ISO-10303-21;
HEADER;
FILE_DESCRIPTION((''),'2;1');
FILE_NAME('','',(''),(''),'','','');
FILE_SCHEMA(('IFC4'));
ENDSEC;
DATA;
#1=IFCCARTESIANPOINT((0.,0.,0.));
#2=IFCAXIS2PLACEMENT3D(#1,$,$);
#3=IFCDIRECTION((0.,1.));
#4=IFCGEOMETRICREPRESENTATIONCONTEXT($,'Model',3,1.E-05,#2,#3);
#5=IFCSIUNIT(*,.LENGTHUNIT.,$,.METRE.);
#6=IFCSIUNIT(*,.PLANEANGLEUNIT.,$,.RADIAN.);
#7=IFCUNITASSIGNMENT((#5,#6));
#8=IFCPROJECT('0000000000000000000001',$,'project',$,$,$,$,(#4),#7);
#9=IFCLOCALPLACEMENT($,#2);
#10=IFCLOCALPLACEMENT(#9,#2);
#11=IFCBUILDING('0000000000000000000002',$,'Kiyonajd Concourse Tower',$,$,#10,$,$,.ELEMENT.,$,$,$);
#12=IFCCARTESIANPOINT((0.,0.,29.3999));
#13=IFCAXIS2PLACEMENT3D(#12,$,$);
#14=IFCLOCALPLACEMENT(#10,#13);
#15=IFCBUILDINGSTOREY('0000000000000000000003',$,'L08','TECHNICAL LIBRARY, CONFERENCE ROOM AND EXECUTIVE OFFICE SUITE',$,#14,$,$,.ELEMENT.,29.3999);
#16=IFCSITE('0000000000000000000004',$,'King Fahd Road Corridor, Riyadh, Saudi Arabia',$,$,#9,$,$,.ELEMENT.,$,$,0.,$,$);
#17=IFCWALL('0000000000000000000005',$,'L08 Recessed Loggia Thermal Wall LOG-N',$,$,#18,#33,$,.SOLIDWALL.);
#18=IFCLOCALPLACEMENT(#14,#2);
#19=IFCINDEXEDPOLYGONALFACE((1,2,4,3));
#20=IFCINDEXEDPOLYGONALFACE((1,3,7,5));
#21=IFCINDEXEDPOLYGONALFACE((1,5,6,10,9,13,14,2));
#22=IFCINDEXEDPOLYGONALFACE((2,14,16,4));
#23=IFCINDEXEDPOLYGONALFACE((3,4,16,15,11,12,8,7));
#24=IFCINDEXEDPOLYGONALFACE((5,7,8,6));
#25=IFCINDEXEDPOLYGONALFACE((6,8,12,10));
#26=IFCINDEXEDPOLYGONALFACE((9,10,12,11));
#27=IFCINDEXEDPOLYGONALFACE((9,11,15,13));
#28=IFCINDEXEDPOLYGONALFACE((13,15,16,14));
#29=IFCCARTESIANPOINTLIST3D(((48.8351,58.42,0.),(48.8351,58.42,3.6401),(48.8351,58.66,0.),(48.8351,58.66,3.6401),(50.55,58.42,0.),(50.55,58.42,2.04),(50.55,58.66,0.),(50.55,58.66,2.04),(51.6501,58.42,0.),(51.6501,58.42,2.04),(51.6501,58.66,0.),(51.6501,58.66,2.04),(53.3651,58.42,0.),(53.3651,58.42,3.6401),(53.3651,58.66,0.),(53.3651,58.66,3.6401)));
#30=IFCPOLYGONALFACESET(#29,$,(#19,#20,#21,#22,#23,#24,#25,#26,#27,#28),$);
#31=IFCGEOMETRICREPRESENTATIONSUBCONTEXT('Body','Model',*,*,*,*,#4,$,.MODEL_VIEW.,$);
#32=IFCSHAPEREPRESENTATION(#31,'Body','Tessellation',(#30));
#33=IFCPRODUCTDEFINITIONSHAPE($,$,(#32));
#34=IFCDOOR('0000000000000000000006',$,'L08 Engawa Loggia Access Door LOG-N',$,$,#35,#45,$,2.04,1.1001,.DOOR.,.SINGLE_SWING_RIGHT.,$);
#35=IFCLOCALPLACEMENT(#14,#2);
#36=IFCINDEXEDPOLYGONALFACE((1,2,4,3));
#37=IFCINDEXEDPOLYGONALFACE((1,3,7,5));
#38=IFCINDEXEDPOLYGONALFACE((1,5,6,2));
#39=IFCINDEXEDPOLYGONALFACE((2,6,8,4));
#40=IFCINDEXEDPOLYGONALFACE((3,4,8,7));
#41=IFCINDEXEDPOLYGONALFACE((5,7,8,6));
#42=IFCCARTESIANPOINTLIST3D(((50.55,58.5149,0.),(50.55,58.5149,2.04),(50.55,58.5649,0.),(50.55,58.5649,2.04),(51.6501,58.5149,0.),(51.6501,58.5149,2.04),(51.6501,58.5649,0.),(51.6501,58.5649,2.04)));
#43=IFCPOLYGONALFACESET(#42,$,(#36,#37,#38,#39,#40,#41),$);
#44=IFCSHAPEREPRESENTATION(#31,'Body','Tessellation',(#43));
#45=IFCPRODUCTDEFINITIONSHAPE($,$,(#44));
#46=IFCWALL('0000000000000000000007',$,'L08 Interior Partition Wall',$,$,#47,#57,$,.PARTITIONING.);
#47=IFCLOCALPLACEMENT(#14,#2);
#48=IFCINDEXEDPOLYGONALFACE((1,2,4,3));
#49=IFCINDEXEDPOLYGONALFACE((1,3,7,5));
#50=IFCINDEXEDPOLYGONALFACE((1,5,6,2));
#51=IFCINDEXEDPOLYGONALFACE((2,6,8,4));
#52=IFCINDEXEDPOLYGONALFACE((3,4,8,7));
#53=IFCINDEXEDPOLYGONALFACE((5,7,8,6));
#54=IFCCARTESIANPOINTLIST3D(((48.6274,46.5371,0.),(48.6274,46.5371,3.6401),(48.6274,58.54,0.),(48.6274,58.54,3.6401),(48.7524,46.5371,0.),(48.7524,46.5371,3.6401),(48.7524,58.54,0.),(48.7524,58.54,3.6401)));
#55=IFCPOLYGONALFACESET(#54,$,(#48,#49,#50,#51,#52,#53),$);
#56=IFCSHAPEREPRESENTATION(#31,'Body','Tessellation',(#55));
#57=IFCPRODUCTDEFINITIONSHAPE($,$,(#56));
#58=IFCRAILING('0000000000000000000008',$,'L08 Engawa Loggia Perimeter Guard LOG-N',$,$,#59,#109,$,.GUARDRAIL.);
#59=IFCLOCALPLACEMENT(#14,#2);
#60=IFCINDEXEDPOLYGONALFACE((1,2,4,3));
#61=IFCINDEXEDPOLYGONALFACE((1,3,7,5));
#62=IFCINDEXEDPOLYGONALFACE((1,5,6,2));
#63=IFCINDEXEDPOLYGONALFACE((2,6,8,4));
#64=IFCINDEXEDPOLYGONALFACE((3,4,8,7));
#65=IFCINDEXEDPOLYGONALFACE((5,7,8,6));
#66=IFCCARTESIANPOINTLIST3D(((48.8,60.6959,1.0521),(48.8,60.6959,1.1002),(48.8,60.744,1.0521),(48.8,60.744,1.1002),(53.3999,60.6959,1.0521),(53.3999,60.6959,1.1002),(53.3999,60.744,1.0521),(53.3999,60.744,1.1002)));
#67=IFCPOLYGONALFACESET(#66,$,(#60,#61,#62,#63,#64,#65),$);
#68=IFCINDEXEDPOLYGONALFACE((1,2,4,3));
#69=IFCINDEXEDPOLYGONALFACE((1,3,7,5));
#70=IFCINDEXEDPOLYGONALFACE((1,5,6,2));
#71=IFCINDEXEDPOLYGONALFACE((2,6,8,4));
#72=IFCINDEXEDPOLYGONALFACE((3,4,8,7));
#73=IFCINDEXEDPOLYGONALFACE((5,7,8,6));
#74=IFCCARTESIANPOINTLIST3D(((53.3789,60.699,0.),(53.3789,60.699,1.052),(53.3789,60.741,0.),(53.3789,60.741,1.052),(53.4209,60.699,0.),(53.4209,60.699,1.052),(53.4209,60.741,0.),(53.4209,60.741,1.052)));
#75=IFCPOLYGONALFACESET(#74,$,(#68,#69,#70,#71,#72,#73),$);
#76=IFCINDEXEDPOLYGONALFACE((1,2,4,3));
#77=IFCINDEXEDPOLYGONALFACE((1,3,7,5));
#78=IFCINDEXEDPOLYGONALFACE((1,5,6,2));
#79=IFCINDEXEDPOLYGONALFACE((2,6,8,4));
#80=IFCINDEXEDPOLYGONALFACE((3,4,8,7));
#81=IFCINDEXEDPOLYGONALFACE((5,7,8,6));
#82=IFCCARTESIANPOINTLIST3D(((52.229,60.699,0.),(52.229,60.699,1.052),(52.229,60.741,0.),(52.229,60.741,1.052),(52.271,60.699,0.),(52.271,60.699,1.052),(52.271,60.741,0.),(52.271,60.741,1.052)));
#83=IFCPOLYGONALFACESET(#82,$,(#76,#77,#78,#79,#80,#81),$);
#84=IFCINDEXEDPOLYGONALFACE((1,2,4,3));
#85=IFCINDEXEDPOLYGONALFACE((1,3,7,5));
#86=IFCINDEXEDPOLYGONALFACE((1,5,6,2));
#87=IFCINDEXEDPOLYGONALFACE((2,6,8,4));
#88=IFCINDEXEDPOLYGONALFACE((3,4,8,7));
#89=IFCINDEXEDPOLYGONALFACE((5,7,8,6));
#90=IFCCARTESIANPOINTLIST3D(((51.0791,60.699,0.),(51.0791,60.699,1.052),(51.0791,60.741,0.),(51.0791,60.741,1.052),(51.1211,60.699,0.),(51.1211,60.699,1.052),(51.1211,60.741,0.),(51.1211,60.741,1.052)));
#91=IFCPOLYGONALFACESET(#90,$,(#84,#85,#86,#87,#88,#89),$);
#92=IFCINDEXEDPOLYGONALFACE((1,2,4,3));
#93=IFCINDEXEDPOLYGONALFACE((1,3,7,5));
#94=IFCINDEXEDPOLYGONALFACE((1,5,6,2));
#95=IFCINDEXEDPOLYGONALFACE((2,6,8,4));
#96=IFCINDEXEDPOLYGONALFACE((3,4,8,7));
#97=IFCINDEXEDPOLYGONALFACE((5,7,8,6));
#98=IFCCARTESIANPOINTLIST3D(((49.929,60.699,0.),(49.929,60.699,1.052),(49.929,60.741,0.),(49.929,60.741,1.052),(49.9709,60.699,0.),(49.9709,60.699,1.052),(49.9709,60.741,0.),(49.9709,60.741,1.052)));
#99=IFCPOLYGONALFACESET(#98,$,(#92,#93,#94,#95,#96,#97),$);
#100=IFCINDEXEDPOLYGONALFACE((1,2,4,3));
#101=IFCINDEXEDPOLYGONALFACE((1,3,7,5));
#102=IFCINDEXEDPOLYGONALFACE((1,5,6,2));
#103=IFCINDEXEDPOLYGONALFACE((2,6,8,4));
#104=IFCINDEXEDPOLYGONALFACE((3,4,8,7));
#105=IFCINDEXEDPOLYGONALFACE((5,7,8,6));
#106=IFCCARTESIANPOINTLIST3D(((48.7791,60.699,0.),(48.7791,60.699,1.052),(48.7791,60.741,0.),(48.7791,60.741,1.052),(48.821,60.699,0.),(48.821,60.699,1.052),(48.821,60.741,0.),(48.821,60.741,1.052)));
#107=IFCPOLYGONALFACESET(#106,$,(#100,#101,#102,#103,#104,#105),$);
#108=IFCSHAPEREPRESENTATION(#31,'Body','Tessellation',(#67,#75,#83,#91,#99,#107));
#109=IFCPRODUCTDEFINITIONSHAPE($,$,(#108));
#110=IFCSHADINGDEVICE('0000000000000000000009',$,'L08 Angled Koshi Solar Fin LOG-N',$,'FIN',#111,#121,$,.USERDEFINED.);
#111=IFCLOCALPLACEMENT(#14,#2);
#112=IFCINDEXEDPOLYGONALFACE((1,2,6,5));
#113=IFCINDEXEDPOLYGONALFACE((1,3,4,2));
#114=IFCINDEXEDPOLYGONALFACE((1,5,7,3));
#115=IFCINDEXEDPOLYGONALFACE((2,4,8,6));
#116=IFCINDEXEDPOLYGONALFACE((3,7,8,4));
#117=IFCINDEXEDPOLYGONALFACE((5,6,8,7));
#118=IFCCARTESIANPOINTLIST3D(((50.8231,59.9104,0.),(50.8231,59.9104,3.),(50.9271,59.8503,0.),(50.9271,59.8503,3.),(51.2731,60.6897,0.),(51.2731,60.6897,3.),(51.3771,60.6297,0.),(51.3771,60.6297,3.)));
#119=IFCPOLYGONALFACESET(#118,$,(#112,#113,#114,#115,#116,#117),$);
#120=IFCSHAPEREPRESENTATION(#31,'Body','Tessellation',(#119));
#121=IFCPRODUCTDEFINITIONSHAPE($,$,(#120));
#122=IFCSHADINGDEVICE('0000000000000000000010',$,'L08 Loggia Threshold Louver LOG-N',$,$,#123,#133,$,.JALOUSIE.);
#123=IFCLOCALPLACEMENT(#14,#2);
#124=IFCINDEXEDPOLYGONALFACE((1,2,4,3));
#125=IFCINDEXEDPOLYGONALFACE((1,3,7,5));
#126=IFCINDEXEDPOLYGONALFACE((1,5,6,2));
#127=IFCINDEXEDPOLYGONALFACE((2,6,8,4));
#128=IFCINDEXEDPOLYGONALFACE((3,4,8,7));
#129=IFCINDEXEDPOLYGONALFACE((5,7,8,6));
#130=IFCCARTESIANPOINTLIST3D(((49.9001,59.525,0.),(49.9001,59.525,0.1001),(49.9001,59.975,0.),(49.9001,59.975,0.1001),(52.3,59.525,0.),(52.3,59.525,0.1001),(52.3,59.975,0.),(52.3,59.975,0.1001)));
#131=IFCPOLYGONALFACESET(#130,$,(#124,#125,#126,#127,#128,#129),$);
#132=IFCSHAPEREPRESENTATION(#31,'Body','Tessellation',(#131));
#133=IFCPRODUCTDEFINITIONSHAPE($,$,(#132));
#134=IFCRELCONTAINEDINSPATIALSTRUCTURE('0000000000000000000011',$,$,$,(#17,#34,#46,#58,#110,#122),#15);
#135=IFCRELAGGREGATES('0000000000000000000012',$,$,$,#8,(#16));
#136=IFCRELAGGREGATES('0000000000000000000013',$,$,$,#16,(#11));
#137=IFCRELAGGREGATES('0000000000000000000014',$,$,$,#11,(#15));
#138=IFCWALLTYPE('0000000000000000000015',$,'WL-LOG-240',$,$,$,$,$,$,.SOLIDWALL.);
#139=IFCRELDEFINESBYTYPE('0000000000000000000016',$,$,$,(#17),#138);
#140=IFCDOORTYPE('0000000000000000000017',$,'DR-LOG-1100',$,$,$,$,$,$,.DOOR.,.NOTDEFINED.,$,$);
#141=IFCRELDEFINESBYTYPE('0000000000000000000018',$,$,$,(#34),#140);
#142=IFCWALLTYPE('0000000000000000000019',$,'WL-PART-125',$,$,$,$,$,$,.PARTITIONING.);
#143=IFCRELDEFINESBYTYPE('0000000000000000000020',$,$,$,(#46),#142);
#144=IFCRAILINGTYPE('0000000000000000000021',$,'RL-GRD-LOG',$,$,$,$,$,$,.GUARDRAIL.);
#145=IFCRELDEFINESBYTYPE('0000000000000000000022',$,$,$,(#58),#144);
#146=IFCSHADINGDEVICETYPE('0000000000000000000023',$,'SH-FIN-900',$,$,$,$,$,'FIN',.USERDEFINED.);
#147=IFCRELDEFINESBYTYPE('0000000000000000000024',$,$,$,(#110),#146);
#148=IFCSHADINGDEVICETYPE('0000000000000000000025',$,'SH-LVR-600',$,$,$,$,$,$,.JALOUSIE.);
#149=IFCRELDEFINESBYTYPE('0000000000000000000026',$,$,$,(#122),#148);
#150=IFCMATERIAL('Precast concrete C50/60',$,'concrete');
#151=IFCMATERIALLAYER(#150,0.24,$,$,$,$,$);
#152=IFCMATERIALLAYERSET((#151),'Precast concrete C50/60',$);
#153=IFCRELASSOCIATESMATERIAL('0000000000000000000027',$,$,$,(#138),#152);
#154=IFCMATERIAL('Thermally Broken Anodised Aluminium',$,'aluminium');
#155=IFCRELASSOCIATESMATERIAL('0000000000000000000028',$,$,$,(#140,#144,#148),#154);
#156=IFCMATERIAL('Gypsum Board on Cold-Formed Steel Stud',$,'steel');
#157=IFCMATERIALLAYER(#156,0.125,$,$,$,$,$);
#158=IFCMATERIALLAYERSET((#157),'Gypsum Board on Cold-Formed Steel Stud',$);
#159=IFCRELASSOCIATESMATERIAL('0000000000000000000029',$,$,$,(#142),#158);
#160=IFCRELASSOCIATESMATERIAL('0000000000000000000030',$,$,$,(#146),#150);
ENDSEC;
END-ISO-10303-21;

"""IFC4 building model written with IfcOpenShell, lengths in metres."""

from ifc_helpers import new_model, si_unit, direction, frame, frame_2d, origin, origin_2d, place, context, subcontext, project, spatial, rectangle, extrude, material, layer, layer_set, type_object, element, fill, save


model = new_model("IFC4")

# Units and contexts
model_context = context("Model", 3, precision=1e-05, world=origin(), true_north=direction((0.0, 1.0)))
body_context = subcontext(model_context, "Body", "Model", "MODEL_VIEW")
ifc_project = project(units=[si_unit("LENGTHUNIT", "METRE"), si_unit("PLANEANGLEUNIT", "RADIAN")], contexts=[model_context])

# Site, building, storey
site_placement = place(None, origin())
site = spatial("IfcSite", under=ifc_project, at=site_placement, Name="King Fahd Road Corridor, Riyadh, Saudi Arabia", CompositionType="ELEMENT", RefElevation=0.0)
building_placement = place(site_placement, origin())
building = spatial("IfcBuilding", under=site, at=building_placement, Name="Kiyonajd Concourse Tower", CompositionType="ELEMENT")
storey_placement = place(building_placement, frame((0.0, 0.0, 29.3999)))
storey = spatial("IfcBuildingStorey", under=building, at=storey_placement, Name="L08", Description="TECHNICAL LIBRARY, CONFERENCE ROOM AND EXECUTIVE OFFICE SUITE", CompositionType="ELEMENT", Elevation=29.3999)

# Shared definitions
ifc_material_1 = material(Name="Precast concrete C50/60", Category="concrete")

# Shared definitions
ifc_material_2 = material(Name="Thermally Broken Anodised Aluminium", Category="aluminium")

# Wall, opening, door
ifc_layer_1 = layer(ifc_material_1, 0.24)
ifc_layer_set_1 = layer_set([ifc_layer_1], Name="Precast concrete C50/60")
wall_type_1 = type_object("IfcWallType", Name="WL-LOG-240", PredefinedType="SOLIDWALL", material=ifc_layer_set_1)
wall_1_placement = place(storey_placement, frame((48.835, 58.54, 0.0), z_axis=(0.0, 0.0, 1.0), x_axis=(1.0, 0.0, 0.0)))
wall_1 = element("IfcWall", 1, at=wall_1_placement, inside=storey, type_object=wall_type_1, Name="L08 Recessed Loggia Thermal Wall LOG-N", PredefinedType="SOLIDWALL", context=body_context, shape_type="SweptSolid", body=[
    extrude(rectangle(XDim=4.53, YDim=0.24, at=frame_2d((2.2651, 0.0))), origin(), (0.0, 0.0, 1.0), 3.6401),
])
opening_1_placement = place(wall_1_placement, frame((1.7151, 0.0, 0.0)))
opening_1 = element("IfcOpeningElement", 2, at=opening_1_placement, cuts=wall_1, PredefinedType="OPENING", context=body_context, shape_type="SweptSolid", body=[
    extrude(rectangle(XDim=1.1001, YDim=2.04, at=frame_2d((0.55, 1.02))), frame((0.0, 0.1299, 0.0), z_axis=(0.0, -1.0, 0.0), x_axis=(1.0, 0.0, 0.0)), (0.0, 0.0, 1.0), 0.26),
])
door_type = type_object("IfcDoorType", Name="DR-LOG-1100", OperationType="NOTDEFINED", PredefinedType="DOOR", material=ifc_material_2)
door_placement = place(opening_1_placement, origin())
door = element("IfcDoor", 3, at=door_placement, inside=storey, type_object=door_type, Name="L08 Engawa Loggia Access Door LOG-N", OperationType="SINGLE_SWING_RIGHT", OverallHeight=2.04, OverallWidth=1.1001, PredefinedType="DOOR", context=body_context, shape_type="SweptSolid", body=[
    extrude(rectangle(XDim=1.1001, YDim=2.04, at=frame_2d((0.55, 1.02))), frame((0.0, 0.0249, 0.0), z_axis=(0.0, -1.0, 0.0), x_axis=(1.0, 0.0, 0.0)), (0.0, 0.0, 1.0), 0.05),
])
fill(opening_1, door)

# Wall
ifc_material_3 = material(Name="Gypsum Board on Cold-Formed Steel Stud", Category="steel")
ifc_layer_2 = layer(ifc_material_3, 0.125)
ifc_layer_set_2 = layer_set([ifc_layer_2], Name="Gypsum Board on Cold-Formed Steel Stud")
wall_type_2 = type_object("IfcWallType", Name="WL-PART-125", PredefinedType="PARTITIONING", material=ifc_layer_set_2)
wall_2_placement = place(storey_placement, frame((48.6899, 46.5371, 0.0), z_axis=(0.0, 0.0, 1.0), x_axis=(0.0, 1.0, 0.0)))
element("IfcWall", 4, at=wall_2_placement, inside=storey, type_object=wall_type_2, Name="L08 Interior Partition Wall", PredefinedType="PARTITIONING", context=body_context, shape_type="SweptSolid", body=[
    extrude(rectangle(XDim=12.0029, YDim=0.125, at=frame_2d((6.0015, 0.0))), origin(), (0.0, 0.0, 1.0), 3.6401),
])

# Railing
railing_type = type_object("IfcRailingType", Name="RL-GRD-LOG", PredefinedType="GUARDRAIL", material=ifc_material_2)
railing_placement = place(storey_placement, frame((53.3999, 60.72, 0.0)))
element("IfcRailing", 5, at=railing_placement, inside=storey, type_object=railing_type, Name="L08 Engawa Loggia Perimeter Guard LOG-N", PredefinedType="GUARDRAIL", context=body_context, shape_type="SweptSolid", body=[
    extrude(rectangle(XDim=0.0481, YDim=0.0481, at=origin_2d()), frame((0.0, 0.0, 1.0762), z_axis=(-1.0, 0.0, 0.0), x_axis=(0.0, -1.0, 0.0)), (0.0, 0.0, 1.0), 4.5999),
    extrude(rectangle(XDim=0.042, YDim=0.042, at=origin_2d()), origin(), (0.0, 0.0, 1.0), 1.052),
    extrude(rectangle(XDim=0.042, YDim=0.042, at=origin_2d()), frame((-1.1499, 0.0, 0.0)), (0.0, 0.0, 1.0), 1.052),
    extrude(rectangle(XDim=0.042, YDim=0.042, at=origin_2d()), frame((-2.2998, 0.0, 0.0)), (0.0, 0.0, 1.0), 1.052),
    extrude(rectangle(XDim=0.042, YDim=0.042, at=origin_2d()), frame((-3.45, 0.0, 0.0)), (0.0, 0.0, 1.0), 1.052),
    extrude(rectangle(XDim=0.042, YDim=0.042, at=origin_2d()), frame((-4.5999, 0.0, 0.0)), (0.0, 0.0, 1.0), 1.052),
])

# Shading devices
shading_device_type_1 = type_object("IfcShadingDeviceType", Name="SH-FIN-900", ElementType="FIN", PredefinedType="USERDEFINED", material=ifc_material_1)
shading_device_1_placement = place(storey_placement, frame((51.1001, 60.27, 0.0), z_axis=(0.0, 0.0, 1.0), x_axis=(0.5, 0.866025, 0.0)))
element("IfcShadingDevice", 6, at=shading_device_1_placement, inside=storey, type_object=shading_device_type_1, Name="L08 Angled Koshi Solar Fin LOG-N", ObjectType="FIN", PredefinedType="USERDEFINED", context=body_context, shape_type="SweptSolid", body=[
    extrude(rectangle(XDim=0.8999, YDim=0.1201, at=origin_2d()), origin(), (0.0, 0.0, 1.0), 3.0),
])
shading_device_type_2 = type_object("IfcShadingDeviceType", Name="SH-LVR-600", PredefinedType="JALOUSIE", material=ifc_material_2)
shading_device_2_placement = place(storey_placement, frame((51.1001, 59.75, 0.0), z_axis=(0.0, 0.0, 1.0), x_axis=(1.0, 0.0, 0.0)))
element("IfcShadingDevice", 7, at=shading_device_2_placement, inside=storey, type_object=shading_device_type_2, Name="L08 Loggia Threshold Louver LOG-N", PredefinedType="JALOUSIE", context=body_context, shape_type="SweptSolid", body=[
    extrude(rectangle(XDim=2.3999, YDim=0.45, at=origin_2d()), origin(), (0.0, 0.0, 1.0), 0.1001),
])

save(model, "model.ifc")
